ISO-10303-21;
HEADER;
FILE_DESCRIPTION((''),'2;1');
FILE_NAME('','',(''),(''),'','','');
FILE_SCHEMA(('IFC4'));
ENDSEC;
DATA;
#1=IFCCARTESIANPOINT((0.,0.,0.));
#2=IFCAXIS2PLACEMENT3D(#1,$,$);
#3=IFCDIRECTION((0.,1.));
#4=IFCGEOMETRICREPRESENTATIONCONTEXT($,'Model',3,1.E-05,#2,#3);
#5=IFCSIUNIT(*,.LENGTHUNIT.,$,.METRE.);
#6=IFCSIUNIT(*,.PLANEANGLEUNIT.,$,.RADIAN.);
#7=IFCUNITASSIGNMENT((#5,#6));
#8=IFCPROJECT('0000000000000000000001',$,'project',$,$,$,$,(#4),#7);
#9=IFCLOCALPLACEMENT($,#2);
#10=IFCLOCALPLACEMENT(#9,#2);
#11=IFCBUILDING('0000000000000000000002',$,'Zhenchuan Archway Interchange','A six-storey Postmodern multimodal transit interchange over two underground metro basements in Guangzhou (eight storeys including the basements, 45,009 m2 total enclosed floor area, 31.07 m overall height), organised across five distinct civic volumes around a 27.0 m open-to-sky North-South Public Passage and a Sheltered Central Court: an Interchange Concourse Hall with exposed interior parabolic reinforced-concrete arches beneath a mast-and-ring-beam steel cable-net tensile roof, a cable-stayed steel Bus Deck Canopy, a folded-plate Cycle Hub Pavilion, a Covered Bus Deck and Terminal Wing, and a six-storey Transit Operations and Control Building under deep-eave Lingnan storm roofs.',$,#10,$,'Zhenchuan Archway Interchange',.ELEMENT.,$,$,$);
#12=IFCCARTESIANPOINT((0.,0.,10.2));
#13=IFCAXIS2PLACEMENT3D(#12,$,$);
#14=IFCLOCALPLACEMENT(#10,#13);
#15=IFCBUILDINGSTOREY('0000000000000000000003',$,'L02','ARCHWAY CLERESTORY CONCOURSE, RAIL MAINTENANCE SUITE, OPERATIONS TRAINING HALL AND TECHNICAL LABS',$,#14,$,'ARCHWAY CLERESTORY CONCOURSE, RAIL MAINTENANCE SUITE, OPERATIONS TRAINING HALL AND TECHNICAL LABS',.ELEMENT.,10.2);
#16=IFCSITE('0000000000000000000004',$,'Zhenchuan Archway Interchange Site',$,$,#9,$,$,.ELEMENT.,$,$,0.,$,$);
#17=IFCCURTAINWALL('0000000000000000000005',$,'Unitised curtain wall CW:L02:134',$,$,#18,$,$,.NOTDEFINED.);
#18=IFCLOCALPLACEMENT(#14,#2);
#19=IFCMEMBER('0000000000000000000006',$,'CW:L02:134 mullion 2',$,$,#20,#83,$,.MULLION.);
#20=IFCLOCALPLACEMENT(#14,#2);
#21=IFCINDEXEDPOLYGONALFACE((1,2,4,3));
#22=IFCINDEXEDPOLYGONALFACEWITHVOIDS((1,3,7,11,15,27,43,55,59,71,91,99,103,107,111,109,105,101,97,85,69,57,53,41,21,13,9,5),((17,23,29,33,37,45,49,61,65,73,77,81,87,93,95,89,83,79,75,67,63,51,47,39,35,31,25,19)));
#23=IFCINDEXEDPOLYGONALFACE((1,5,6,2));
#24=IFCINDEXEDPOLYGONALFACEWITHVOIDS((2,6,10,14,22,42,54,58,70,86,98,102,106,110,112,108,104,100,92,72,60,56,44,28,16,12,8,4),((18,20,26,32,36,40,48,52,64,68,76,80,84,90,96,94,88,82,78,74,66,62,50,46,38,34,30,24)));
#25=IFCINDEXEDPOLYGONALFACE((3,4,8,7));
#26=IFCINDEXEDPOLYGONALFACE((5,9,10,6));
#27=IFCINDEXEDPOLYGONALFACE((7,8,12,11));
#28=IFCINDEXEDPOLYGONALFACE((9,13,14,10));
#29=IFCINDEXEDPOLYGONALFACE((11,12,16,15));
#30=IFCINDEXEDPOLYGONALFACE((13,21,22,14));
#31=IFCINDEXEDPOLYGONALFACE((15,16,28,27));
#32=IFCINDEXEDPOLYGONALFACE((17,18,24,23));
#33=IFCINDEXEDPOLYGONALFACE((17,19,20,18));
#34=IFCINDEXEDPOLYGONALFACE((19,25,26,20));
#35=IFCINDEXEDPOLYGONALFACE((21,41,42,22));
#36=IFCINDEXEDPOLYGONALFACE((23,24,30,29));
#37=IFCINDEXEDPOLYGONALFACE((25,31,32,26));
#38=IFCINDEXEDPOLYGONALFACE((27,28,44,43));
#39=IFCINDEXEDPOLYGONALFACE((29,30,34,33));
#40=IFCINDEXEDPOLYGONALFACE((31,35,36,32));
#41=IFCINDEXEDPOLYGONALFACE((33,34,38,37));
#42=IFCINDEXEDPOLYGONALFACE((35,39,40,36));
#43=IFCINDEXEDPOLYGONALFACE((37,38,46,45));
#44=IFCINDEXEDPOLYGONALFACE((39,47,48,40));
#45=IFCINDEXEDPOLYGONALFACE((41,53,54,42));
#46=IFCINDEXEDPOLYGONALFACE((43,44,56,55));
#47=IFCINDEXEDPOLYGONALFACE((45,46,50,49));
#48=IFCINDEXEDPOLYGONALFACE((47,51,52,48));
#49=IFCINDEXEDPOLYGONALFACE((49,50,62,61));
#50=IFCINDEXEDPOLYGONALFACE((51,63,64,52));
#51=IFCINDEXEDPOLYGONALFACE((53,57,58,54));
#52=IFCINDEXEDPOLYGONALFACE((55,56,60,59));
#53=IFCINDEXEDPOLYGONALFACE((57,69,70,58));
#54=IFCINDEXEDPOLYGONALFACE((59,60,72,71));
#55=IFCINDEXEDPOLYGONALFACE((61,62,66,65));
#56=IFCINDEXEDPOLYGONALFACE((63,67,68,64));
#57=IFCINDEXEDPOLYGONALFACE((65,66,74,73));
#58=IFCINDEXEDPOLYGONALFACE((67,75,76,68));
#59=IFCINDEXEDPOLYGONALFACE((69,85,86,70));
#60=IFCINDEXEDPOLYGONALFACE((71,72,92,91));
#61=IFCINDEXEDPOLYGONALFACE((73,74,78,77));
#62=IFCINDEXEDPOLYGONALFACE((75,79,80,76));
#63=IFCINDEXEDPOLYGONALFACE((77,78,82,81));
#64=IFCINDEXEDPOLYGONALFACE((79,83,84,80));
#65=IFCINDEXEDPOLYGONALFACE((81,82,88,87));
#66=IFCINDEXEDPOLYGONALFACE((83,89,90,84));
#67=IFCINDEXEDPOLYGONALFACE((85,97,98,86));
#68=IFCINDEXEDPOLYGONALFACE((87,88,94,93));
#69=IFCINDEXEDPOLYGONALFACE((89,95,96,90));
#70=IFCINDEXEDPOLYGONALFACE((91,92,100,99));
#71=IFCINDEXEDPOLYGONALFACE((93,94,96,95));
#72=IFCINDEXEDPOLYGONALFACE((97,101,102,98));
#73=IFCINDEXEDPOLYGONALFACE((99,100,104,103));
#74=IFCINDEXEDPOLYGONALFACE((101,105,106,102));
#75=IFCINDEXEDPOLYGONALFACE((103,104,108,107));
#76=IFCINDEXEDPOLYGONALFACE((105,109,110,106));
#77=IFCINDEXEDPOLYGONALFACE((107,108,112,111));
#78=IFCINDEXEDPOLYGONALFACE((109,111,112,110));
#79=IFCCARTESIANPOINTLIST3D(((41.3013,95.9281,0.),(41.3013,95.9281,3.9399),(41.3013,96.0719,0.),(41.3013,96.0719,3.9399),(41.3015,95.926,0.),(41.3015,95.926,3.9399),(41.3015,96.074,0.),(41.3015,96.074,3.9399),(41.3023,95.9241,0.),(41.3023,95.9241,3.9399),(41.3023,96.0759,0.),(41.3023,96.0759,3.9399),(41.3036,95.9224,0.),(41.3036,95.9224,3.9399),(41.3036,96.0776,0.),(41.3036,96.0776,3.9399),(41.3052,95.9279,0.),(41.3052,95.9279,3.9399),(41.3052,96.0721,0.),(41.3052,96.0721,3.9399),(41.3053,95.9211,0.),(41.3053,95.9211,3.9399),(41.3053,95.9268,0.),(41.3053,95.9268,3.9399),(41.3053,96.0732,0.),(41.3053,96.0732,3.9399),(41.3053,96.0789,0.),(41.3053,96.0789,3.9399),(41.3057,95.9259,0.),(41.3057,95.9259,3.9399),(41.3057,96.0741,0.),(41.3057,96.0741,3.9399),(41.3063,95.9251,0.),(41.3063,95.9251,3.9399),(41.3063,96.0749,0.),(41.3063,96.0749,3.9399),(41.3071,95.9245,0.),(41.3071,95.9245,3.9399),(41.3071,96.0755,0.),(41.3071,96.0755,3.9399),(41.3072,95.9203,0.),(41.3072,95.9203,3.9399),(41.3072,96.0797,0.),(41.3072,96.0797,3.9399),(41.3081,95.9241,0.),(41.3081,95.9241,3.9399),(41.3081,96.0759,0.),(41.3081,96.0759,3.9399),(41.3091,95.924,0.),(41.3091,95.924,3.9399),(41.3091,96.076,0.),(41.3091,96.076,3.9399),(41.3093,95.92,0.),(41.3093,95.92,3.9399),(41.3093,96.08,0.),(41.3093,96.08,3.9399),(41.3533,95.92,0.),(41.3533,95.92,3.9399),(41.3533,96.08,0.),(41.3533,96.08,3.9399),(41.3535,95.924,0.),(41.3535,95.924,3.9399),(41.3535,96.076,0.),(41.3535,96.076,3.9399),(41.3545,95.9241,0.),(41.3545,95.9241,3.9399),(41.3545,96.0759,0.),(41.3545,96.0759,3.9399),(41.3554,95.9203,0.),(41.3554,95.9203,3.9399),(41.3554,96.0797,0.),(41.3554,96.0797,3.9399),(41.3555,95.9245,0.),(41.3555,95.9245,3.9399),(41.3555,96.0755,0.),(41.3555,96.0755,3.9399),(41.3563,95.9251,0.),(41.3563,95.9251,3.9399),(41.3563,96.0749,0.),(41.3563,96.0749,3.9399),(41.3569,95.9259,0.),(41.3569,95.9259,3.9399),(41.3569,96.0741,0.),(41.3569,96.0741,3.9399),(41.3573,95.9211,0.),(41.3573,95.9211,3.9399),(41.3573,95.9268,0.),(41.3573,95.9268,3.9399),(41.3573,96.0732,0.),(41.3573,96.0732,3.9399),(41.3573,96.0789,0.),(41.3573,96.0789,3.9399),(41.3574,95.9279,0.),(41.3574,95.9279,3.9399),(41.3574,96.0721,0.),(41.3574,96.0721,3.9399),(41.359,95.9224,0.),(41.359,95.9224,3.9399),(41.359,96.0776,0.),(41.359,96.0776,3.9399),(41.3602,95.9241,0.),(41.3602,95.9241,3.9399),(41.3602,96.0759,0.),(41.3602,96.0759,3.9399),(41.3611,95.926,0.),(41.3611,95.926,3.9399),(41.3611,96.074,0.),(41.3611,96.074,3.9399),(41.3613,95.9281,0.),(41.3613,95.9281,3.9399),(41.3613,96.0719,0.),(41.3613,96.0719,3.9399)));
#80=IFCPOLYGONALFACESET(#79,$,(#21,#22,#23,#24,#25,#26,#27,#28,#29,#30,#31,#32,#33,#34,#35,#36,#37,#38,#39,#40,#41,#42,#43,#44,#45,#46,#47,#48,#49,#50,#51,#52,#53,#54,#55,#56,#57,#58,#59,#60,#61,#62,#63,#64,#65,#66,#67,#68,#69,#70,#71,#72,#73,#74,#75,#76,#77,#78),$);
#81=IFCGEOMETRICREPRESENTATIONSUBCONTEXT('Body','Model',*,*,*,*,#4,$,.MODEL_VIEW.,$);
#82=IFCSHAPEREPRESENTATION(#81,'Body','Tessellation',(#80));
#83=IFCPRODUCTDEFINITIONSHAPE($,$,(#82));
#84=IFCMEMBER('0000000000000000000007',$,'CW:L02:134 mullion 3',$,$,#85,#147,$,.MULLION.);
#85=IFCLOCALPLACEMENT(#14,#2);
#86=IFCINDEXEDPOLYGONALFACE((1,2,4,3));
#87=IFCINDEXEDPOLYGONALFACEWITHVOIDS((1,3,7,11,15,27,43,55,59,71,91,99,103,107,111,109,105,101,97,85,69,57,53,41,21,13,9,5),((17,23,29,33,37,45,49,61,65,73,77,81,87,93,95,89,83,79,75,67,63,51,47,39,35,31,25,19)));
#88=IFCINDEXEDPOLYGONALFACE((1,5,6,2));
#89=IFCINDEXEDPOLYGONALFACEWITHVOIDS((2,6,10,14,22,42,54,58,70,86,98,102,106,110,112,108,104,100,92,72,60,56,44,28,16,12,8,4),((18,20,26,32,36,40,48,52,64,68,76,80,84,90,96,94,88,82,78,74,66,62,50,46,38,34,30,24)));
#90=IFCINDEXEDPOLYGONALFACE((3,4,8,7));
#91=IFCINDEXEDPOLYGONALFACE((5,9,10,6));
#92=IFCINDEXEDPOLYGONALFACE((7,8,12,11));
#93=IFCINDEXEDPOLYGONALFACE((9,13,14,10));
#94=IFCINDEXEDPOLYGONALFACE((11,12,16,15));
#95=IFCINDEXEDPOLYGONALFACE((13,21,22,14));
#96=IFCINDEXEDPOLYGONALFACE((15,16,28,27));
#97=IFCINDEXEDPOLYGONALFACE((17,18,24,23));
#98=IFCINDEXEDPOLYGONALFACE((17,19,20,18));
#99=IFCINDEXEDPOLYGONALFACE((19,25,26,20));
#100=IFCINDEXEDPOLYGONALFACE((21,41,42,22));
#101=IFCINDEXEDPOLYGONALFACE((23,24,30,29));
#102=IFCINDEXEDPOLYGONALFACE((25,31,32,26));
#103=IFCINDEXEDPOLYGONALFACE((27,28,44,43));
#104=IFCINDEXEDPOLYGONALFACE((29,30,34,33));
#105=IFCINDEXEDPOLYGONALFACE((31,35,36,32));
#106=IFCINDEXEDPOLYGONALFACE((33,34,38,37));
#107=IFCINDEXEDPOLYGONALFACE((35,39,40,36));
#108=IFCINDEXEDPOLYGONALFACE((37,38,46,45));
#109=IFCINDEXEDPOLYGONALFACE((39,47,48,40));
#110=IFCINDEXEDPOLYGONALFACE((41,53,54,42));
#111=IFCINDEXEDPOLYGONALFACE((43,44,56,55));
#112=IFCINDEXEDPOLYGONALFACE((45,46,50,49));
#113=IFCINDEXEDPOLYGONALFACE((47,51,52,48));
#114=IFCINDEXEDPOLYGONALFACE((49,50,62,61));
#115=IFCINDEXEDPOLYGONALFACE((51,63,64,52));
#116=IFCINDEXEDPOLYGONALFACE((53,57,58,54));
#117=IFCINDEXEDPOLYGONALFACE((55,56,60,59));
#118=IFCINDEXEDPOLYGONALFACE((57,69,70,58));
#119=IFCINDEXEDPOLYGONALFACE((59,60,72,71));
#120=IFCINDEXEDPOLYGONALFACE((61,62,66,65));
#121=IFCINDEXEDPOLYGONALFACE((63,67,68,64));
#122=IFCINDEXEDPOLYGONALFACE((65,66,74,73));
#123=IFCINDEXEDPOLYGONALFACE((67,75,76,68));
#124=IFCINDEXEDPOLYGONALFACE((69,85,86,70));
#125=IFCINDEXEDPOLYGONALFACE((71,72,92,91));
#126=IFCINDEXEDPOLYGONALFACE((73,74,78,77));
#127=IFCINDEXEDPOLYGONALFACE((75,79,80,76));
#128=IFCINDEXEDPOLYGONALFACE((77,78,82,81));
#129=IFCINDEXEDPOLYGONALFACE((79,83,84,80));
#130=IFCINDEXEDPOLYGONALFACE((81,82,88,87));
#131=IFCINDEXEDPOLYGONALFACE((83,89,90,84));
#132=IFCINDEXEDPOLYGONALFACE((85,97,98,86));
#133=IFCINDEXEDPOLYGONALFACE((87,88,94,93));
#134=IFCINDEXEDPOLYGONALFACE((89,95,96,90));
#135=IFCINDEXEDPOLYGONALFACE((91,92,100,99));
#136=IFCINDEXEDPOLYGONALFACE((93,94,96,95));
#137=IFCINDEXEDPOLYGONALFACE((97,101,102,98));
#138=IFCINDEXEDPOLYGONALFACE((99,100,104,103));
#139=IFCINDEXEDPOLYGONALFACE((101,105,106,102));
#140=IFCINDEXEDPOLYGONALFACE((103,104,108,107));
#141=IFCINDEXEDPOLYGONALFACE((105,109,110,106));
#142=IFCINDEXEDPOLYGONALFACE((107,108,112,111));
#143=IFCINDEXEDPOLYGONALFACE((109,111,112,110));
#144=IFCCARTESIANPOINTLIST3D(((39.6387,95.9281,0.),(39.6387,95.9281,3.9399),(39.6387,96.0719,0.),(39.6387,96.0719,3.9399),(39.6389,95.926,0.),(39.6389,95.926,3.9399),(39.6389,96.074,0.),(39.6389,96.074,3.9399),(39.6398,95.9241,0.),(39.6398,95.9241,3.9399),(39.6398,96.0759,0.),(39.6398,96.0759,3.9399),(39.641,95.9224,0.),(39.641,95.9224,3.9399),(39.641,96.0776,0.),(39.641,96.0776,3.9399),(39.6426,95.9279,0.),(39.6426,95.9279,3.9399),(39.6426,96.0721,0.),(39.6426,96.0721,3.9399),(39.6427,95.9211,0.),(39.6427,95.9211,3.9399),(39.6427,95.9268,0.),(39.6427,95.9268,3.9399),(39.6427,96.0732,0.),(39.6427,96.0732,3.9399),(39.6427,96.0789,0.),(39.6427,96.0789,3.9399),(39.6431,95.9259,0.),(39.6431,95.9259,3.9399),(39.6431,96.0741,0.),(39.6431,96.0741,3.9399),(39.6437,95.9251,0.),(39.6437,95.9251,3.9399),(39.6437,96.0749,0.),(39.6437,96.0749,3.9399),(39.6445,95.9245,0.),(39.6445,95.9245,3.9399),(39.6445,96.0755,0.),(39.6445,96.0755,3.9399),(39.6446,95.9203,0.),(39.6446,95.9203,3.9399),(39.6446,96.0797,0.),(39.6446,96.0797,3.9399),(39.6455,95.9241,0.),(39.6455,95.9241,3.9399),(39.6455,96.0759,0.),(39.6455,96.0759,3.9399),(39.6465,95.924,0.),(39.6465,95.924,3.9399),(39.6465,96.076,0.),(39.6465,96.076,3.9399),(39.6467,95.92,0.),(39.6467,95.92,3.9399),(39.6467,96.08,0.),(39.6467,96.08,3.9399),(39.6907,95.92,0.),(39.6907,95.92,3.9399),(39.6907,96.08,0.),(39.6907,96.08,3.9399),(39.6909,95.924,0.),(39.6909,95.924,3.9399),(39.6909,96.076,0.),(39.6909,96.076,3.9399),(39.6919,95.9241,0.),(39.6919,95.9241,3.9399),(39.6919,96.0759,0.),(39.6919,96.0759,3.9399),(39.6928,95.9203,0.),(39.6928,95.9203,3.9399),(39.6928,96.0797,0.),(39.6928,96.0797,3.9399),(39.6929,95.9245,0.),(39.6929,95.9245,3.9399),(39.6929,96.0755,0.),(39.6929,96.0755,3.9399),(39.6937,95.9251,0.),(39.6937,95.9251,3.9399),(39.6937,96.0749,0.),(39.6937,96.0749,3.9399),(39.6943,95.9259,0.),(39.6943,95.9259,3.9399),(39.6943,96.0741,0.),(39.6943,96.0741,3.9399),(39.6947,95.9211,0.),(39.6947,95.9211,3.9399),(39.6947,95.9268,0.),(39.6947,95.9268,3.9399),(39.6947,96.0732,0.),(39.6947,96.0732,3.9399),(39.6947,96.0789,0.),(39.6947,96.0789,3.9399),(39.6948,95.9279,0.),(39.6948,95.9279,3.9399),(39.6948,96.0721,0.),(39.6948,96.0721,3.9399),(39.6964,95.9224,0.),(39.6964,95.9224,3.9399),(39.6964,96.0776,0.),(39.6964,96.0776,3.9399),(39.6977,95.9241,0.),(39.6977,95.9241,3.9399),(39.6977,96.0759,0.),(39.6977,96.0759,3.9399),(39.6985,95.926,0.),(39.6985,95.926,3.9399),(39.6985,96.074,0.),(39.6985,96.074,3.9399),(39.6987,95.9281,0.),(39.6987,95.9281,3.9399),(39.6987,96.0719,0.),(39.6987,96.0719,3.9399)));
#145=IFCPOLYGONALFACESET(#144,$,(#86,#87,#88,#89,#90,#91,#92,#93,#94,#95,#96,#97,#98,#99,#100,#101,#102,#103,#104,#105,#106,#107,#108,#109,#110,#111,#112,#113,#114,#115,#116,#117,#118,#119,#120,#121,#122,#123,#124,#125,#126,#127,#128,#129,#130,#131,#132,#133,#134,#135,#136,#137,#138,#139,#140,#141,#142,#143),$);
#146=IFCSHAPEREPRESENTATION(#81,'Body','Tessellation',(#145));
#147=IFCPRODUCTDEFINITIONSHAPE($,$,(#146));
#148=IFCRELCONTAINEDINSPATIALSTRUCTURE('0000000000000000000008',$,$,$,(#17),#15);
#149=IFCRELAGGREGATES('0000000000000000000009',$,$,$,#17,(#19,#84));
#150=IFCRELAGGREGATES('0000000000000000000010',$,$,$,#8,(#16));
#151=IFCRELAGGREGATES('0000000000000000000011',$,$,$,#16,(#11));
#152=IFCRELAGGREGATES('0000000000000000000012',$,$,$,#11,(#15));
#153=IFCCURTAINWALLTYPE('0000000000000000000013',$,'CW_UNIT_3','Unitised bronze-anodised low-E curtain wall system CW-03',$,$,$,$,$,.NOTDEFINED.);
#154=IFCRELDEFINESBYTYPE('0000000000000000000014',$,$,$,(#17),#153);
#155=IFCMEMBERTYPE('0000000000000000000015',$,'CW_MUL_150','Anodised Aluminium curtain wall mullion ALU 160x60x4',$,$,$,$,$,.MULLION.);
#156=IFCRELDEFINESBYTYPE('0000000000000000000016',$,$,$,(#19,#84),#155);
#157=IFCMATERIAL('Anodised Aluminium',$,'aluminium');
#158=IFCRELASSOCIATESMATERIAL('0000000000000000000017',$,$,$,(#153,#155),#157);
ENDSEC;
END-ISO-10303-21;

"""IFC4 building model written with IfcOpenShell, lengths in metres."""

from ifc_helpers import new_model, si_unit, direction, frame, origin, origin_2d, place, context, subcontext, project, spatial, hollow_rectangle, extrude, material, material_profile, profile_set, type_object, element, aggregate, save


model = new_model("IFC4")

# Units and contexts
model_context = context("Model", 3, precision=1e-05, world=origin(), true_north=direction((0.0, 1.0)))
body_context = subcontext(model_context, "Body", "Model", "MODEL_VIEW")
ifc_project = project(units=[si_unit("LENGTHUNIT", "METRE"), si_unit("PLANEANGLEUNIT", "RADIAN")], contexts=[model_context])

# Site, building, storey
site_placement = place(None, origin())
site = spatial("IfcSite", under=ifc_project, at=site_placement, Name="Zhenchuan Archway Interchange Site", CompositionType="ELEMENT", RefElevation=0.0)
building_placement = place(site_placement, origin())
building = spatial("IfcBuilding", under=site, at=building_placement, Name="Zhenchuan Archway Interchange", Description="A six-storey Postmodern multimodal transit interchange over two underground metro basements in Guangzhou (eight storeys including the basements, 45,009 m2 total enclosed floor area, 31.07 m overall height), organised across five distinct civic volumes around a 27.0 m open-to-sky North-South Public Passage and a Sheltered Central Court: an Interchange Concourse Hall with exposed interior parabolic reinforced-concrete arches beneath a mast-and-ring-beam steel cable-net tensile roof, a cable-stayed steel Bus Deck Canopy, a folded-plate Cycle Hub Pavilion, a Covered Bus Deck and Terminal Wing, and a six-storey Transit Operations and Control Building under deep-eave Lingnan storm roofs.", LongName="Zhenchuan Archway Interchange", CompositionType="ELEMENT")
storey_placement = place(building_placement, frame((0.0, 0.0, 10.2)))
storey = spatial("IfcBuildingStorey", under=building, at=storey_placement, Name="L02", Description="ARCHWAY CLERESTORY CONCOURSE, RAIL MAINTENANCE SUITE, OPERATIONS TRAINING HALL AND TECHNICAL LABS", LongName="ARCHWAY CLERESTORY CONCOURSE, RAIL MAINTENANCE SUITE, OPERATIONS TRAINING HALL AND TECHNICAL LABS", CompositionType="ELEMENT", Elevation=10.2)

# Curtain wall, members
ifc_material_1 = material(Name="Anodised Aluminium", Category="aluminium")
curtain_wall_type = type_object("IfcCurtainWallType", Name="CW_UNIT_3", Description="Unitised bronze-anodised low-E curtain wall system CW-03", PredefinedType="NOTDEFINED", material=ifc_material_1)
curtain_wall_placement = place(storey_placement, origin())
curtain_wall = element("IfcCurtainWall", 1, at=curtain_wall_placement, inside=storey, type_object=curtain_wall_type, Name="Unitised curtain wall CW:L02:134", PredefinedType="NOTDEFINED")
ifc_material_profile_1 = material_profile(ifc_material_1, hollow_rectangle(XDim=0.0601, YDim=0.1599, WallThickness=0.0039, InnerFilletRadius=0.0039, OuterFilletRadius=0.0081, at=origin_2d()), Name="ALU 160x60x4")
ifc_profile_set_1 = profile_set([ifc_material_profile_1], Name="Anodised Aluminium")
member_type_1 = type_object("IfcMemberType", Name="CW_MUL_150", Description="Anodised Aluminium curtain wall mullion ALU 160x60x4", PredefinedType="MULLION", material=ifc_profile_set_1)
member_1_placement = place(storey_placement, frame((41.3313, 96.0, 0.0), z_axis=(0.0, 0.0, 1.0), x_axis=(1.0, 0.0, 0.0)))
member_1 = element("IfcMember", 2, at=member_1_placement, type_object=member_type_1, Name="CW:L02:134 mullion 2", PredefinedType="MULLION", context=body_context, shape_type="SweptSolid", body=[
    extrude(hollow_rectangle(XDim=0.0601, YDim=0.1599, WallThickness=0.0039, InnerFilletRadius=0.0039, OuterFilletRadius=0.0081, at=origin_2d()), origin(), (0.0, 0.0, 1.0), 3.9399),
])
member_2_placement = place(storey_placement, frame((39.6687, 96.0, 0.0), z_axis=(0.0, 0.0, 1.0), x_axis=(1.0, 0.0, 0.0)))
member_2 = element("IfcMember", 3, at=member_2_placement, type_object=member_type_1, Name="CW:L02:134 mullion 3", PredefinedType="MULLION", context=body_context, shape_type="SweptSolid", body=[
    extrude(hollow_rectangle(XDim=0.0601, YDim=0.1599, WallThickness=0.0039, InnerFilletRadius=0.0039, OuterFilletRadius=0.0081, at=origin_2d()), origin(), (0.0, 0.0, 1.0), 3.9399),
])

aggregate(curtain_wall, [member_1, member_2])

save(model, "model.ifc")
